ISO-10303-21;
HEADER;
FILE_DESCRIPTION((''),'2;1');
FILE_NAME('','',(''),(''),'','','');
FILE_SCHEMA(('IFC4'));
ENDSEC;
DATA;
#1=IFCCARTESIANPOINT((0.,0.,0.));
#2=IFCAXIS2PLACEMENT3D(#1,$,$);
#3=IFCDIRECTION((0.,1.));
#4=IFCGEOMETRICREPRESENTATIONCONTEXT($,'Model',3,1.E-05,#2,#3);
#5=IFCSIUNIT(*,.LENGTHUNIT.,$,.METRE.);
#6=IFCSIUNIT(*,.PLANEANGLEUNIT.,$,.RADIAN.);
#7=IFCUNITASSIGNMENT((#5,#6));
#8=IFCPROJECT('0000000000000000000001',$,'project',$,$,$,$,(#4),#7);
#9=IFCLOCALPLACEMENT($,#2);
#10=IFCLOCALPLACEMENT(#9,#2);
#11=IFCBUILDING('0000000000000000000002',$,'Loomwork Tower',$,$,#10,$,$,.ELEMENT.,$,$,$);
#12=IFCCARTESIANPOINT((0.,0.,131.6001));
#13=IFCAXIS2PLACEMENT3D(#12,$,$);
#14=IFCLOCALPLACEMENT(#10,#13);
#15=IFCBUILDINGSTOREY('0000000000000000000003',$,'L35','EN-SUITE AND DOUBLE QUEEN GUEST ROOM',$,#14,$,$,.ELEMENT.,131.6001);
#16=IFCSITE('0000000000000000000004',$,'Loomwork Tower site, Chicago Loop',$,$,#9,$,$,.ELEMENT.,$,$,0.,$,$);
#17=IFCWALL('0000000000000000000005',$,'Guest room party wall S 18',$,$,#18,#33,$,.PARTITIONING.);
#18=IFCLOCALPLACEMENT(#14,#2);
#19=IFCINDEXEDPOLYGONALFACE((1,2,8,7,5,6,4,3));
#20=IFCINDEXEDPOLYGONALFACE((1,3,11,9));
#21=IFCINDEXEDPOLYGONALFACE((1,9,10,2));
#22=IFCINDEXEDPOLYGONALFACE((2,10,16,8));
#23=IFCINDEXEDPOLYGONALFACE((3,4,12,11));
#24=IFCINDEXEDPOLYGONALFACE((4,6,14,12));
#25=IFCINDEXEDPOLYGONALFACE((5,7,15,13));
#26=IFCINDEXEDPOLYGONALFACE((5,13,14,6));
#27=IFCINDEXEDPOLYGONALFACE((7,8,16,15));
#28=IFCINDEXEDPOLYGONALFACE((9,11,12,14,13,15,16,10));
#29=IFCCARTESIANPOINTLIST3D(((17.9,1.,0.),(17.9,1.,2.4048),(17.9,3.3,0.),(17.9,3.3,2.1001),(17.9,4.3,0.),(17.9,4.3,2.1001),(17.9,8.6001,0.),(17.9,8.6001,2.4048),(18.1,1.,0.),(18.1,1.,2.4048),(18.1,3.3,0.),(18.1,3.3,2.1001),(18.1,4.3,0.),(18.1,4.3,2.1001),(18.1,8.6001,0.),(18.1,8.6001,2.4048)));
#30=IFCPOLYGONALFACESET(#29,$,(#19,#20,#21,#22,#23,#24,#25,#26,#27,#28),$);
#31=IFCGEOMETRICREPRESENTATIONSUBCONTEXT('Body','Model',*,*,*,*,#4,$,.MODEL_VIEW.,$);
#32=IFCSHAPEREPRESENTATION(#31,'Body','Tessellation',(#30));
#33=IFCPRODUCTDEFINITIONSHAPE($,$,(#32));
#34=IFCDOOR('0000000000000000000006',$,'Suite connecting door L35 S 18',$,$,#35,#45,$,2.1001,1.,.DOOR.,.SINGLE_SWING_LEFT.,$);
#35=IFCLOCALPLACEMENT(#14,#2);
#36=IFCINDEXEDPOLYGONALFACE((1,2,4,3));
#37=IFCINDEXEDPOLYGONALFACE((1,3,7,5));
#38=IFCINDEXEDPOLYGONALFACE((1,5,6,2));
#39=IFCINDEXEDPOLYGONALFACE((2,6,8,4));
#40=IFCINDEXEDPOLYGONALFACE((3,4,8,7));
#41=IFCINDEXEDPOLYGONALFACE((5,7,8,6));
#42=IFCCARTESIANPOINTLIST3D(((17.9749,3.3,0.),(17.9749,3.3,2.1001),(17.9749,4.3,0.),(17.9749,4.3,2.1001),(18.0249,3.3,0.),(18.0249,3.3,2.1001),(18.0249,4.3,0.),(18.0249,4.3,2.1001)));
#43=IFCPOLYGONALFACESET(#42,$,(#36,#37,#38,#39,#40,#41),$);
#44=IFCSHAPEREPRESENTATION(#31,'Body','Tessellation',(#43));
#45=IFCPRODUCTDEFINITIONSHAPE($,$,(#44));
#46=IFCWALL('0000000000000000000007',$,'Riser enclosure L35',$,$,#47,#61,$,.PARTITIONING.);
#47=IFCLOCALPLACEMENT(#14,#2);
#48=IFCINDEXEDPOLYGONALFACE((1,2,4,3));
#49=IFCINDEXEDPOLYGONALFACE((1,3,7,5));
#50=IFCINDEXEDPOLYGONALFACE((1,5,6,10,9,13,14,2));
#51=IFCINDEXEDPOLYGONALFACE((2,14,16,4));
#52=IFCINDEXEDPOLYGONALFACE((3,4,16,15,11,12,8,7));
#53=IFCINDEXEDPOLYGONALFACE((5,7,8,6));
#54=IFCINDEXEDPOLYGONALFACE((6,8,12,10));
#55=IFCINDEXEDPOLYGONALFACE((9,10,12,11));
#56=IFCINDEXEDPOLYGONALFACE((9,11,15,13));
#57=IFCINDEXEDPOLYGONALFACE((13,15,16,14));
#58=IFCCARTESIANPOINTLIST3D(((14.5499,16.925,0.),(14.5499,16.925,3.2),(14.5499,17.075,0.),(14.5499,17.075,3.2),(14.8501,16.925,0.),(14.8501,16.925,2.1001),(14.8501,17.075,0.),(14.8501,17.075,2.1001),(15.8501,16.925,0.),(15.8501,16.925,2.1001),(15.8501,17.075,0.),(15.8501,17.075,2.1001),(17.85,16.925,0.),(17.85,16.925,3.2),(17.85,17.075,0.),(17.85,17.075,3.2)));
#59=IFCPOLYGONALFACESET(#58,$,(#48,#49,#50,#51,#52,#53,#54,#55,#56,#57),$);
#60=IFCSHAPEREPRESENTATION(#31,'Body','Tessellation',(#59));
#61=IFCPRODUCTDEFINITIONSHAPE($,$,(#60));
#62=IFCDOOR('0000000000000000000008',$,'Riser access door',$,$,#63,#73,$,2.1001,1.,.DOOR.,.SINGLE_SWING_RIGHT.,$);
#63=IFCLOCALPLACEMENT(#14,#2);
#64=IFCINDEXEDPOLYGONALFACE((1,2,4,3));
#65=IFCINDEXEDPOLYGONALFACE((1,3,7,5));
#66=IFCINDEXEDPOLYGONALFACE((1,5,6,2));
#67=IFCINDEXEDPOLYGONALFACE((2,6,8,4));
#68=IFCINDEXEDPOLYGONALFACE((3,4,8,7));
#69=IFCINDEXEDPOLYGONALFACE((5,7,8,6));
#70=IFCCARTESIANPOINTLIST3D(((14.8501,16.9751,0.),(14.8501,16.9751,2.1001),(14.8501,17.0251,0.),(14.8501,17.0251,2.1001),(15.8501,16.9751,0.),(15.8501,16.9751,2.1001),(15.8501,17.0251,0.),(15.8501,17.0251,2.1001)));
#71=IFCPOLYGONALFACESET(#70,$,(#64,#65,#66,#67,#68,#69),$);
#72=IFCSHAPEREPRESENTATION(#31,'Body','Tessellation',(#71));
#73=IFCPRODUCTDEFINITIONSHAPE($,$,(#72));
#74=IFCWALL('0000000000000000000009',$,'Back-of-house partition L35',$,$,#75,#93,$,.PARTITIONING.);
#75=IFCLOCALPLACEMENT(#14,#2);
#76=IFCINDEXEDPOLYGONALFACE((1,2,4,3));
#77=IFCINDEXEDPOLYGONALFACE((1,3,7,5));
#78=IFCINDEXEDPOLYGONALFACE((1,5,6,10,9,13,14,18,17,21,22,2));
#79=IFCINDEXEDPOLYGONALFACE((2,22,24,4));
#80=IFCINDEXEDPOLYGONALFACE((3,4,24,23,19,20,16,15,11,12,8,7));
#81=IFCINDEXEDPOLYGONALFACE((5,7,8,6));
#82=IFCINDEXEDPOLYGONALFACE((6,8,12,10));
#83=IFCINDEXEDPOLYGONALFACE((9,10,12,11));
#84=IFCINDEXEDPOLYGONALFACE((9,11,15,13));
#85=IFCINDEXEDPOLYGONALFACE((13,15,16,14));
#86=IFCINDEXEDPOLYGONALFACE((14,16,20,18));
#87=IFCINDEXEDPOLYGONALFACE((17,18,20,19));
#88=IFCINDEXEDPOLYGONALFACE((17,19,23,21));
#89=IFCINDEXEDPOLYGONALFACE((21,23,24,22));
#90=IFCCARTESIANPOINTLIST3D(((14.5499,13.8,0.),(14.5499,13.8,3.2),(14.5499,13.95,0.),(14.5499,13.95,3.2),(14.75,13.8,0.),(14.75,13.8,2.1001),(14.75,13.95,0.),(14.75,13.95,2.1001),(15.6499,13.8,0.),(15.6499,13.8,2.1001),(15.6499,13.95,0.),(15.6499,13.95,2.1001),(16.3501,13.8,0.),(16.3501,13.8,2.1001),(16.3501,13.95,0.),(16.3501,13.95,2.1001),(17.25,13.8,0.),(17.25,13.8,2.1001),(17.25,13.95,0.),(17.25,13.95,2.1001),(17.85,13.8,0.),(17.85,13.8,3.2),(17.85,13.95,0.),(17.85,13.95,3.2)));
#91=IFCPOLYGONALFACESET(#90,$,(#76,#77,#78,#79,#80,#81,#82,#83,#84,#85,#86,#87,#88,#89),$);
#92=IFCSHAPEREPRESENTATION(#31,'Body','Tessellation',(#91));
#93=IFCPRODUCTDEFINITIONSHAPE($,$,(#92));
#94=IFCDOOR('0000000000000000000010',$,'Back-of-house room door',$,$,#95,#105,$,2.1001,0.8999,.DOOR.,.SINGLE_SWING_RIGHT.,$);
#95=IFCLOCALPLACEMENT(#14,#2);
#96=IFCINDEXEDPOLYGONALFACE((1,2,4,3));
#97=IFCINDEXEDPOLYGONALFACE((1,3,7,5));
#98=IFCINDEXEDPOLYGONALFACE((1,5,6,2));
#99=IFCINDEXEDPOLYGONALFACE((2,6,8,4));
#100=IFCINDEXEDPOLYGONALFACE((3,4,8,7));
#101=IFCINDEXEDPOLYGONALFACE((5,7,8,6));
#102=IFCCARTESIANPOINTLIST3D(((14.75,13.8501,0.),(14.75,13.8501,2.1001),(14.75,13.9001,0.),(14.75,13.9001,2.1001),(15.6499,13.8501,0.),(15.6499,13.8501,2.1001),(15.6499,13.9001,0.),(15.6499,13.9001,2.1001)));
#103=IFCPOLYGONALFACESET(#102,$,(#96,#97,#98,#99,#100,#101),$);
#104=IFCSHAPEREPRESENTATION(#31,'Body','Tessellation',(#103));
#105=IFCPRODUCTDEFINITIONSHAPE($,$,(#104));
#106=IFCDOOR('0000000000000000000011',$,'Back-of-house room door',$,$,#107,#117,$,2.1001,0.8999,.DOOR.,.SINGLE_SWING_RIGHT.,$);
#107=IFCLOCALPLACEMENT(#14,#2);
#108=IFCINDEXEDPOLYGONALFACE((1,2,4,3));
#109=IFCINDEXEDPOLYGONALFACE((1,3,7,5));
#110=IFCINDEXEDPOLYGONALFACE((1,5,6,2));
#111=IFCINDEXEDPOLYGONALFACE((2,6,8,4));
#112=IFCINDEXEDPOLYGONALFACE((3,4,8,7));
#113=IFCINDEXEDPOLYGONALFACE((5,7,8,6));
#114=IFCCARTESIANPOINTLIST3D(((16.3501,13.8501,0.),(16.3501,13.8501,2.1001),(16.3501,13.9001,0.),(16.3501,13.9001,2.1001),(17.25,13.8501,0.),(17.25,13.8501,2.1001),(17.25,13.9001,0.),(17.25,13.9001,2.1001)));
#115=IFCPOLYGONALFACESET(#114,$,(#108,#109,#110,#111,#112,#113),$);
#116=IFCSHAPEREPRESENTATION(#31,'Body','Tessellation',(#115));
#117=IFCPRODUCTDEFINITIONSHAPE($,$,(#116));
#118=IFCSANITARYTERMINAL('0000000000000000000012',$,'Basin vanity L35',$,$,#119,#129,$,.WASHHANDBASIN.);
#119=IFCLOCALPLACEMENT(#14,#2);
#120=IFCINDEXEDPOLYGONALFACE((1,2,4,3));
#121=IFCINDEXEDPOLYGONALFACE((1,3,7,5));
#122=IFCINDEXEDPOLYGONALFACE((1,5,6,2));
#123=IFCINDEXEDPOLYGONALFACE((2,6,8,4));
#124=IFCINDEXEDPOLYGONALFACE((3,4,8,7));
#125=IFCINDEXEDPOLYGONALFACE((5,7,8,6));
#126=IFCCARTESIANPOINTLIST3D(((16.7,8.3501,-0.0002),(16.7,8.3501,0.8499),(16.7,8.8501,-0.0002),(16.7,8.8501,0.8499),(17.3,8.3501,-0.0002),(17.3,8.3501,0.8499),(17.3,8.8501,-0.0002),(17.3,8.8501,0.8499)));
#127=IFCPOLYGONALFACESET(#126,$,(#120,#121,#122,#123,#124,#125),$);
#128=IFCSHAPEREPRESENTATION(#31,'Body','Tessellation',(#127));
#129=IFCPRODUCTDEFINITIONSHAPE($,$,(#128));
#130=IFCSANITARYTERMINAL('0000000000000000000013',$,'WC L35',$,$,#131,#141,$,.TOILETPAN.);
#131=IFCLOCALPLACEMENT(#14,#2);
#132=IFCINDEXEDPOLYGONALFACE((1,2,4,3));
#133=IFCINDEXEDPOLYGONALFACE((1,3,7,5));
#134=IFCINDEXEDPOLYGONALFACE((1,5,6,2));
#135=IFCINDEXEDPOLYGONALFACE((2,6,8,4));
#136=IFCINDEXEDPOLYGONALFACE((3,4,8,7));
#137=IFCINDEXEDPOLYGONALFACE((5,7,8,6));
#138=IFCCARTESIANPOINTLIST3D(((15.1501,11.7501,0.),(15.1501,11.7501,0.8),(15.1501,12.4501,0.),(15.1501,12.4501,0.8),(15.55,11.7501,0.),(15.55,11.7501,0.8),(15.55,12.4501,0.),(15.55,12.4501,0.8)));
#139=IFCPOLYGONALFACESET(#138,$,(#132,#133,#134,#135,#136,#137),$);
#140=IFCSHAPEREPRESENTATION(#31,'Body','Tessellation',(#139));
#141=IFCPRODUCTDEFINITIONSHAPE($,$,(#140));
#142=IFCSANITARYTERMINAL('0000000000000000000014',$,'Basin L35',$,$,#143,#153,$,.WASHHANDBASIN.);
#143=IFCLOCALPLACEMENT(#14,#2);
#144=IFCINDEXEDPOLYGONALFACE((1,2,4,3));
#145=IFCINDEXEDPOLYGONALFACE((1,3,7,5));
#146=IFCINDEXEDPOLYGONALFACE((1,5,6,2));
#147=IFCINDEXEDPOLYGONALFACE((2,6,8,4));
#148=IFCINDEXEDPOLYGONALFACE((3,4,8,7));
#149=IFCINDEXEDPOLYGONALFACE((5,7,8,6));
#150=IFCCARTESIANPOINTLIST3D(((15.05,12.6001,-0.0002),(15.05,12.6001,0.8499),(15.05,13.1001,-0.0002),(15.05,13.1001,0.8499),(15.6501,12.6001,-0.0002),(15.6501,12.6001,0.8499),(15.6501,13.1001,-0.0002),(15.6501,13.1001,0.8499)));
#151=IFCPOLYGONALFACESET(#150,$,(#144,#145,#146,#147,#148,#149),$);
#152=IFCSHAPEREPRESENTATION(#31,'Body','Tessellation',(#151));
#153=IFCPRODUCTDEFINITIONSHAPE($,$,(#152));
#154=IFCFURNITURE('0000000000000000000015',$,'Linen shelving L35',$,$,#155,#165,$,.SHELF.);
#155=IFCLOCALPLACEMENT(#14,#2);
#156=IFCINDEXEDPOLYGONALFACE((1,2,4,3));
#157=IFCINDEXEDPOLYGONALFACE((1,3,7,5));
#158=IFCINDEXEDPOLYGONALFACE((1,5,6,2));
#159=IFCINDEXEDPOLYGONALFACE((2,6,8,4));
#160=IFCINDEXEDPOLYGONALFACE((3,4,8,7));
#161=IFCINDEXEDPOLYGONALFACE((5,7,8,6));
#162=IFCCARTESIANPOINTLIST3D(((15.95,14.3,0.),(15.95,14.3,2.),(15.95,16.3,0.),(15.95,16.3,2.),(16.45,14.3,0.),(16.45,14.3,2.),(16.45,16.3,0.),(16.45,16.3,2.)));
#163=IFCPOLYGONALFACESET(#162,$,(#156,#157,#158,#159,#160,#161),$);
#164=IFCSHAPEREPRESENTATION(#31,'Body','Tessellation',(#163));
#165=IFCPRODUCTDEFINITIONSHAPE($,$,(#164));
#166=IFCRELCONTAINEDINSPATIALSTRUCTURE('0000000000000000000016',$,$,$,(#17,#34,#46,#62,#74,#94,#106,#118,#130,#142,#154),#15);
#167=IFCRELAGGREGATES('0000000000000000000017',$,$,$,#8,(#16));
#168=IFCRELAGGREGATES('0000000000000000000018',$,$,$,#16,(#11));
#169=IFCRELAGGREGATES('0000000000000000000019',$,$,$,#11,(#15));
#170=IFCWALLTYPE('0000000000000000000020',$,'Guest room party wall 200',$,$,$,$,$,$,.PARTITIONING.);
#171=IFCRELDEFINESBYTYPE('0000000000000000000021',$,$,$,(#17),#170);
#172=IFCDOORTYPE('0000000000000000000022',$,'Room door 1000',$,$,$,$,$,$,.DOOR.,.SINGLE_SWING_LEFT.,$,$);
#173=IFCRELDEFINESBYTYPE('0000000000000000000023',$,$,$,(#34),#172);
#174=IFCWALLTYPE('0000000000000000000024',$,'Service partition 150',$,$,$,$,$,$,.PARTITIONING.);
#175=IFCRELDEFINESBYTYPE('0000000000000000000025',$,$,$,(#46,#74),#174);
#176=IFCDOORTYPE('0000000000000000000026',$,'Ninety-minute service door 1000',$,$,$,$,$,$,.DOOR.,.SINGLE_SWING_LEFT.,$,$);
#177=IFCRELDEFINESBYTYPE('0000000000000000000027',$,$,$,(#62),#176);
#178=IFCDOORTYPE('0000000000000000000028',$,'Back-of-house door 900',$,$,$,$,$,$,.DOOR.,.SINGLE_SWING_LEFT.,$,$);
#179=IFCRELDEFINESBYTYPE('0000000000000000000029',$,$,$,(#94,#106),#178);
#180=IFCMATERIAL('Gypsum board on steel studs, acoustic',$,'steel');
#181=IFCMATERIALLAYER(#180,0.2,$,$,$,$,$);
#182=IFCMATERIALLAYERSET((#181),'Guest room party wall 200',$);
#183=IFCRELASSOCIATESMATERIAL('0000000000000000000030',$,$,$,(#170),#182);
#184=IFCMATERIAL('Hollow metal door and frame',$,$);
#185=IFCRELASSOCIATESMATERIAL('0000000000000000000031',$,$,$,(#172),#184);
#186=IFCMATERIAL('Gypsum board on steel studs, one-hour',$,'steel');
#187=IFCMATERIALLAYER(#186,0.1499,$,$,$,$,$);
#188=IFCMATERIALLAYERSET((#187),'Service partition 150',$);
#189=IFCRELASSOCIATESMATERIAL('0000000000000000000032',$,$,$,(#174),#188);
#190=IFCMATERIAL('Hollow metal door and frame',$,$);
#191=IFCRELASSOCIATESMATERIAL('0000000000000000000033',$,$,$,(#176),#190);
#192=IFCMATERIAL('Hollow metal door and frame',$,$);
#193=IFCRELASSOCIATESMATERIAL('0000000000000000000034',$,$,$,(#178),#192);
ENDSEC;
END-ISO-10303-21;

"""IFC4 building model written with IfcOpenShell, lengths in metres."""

from ifc_helpers import new_model, si_unit, direction, frame, frame_2d, origin, origin_2d, place, context, subcontext, project, spatial, rectangle, extrude, material, layer, layer_set, type_object, element, fill, save


model = new_model("IFC4")

# Units and contexts
model_context = context("Model", 3, precision=1e-05, world=origin(), true_north=direction((0.0, 1.0)))
body_context = subcontext(model_context, "Body", "Model", "MODEL_VIEW")
ifc_project = project(units=[si_unit("LENGTHUNIT", "METRE"), si_unit("PLANEANGLEUNIT", "RADIAN")], contexts=[model_context])

# Site, building, storey
site_placement = place(None, origin())
site = spatial("IfcSite", under=ifc_project, at=site_placement, Name="Loomwork Tower site, Chicago Loop", CompositionType="ELEMENT", RefElevation=0.0)
building_placement = place(site_placement, origin())
building = spatial("IfcBuilding", under=site, at=building_placement, Name="Loomwork Tower", CompositionType="ELEMENT")
storey_placement = place(building_placement, frame((0.0, 0.0, 131.6001)))
storey = spatial("IfcBuildingStorey", under=building, at=storey_placement, Name="L35", Description="EN-SUITE AND DOUBLE QUEEN GUEST ROOM", CompositionType="ELEMENT", Elevation=131.6001)

# Walls, openings, doors
ifc_material_1 = material(Name="Gypsum board on steel studs, acoustic", Category="steel")
ifc_layer_1 = layer(ifc_material_1, 0.2)
ifc_layer_set_1 = layer_set([ifc_layer_1], Name="Guest room party wall 200")
wall_type_1 = type_object("IfcWallType", Name="Guest room party wall 200", PredefinedType="PARTITIONING", material=ifc_layer_set_1)
wall_1_placement = place(storey_placement, frame((18.0, 8.6001, 0.0), z_axis=(0.0, 0.0, 1.0), x_axis=(0.0, -1.0, 0.0)))
wall_1 = element("IfcWall", 1, at=wall_1_placement, inside=storey, type_object=wall_type_1, Name="Guest room party wall S 18", PredefinedType="PARTITIONING", context=body_context, shape_type="SweptSolid", body=[
    extrude(rectangle(XDim=7.6001, YDim=0.2, at=frame_2d((3.8, 0.0))), origin(), (0.0, 0.0, 1.0), 2.4048),
])
opening_1_placement = place(wall_1_placement, frame((4.3, 0.0, 0.0)))
opening_1 = element("IfcOpeningElement", 2, at=opening_1_placement, cuts=wall_1, PredefinedType="OPENING", context=body_context, shape_type="SweptSolid", body=[
    extrude(rectangle(XDim=1.0, YDim=2.1001, at=frame_2d((0.5, 1.05))), frame((0.0, 0.1099, 0.0), z_axis=(0.0, -1.0, 0.0), x_axis=(1.0, 0.0, 0.0)), (0.0, 0.0, 1.0), 0.22),
])
ifc_material_2 = material(Name="Hollow metal door and frame")
door_type_1 = type_object("IfcDoorType", Name="Room door 1000", OperationType="SINGLE_SWING_LEFT", PredefinedType="DOOR", material=ifc_material_2)
door_1_placement = place(opening_1_placement, origin())
door_1 = element("IfcDoor", 3, at=door_1_placement, inside=storey, type_object=door_type_1, Name="Suite connecting door L35 S 18", OperationType="SINGLE_SWING_LEFT", OverallHeight=2.1001, OverallWidth=1.0, PredefinedType="DOOR", context=body_context, shape_type="SweptSolid", body=[
    extrude(rectangle(XDim=1.0, YDim=2.1001, at=frame_2d((0.5, 1.05))), frame((0.0, 0.0249, 0.0), z_axis=(0.0, -1.0, 0.0), x_axis=(1.0, 0.0, 0.0)), (0.0, 0.0, 1.0), 0.05),
])
fill(opening_1, door_1)
ifc_material_3 = material(Name="Gypsum board on steel studs, one-hour", Category="steel")
ifc_layer_2 = layer(ifc_material_3, 0.1499)
ifc_layer_set_2 = layer_set([ifc_layer_2], Name="Service partition 150")
wall_type_2 = type_object("IfcWallType", Name="Service partition 150", PredefinedType="PARTITIONING", material=ifc_layer_set_2)
wall_2_placement = place(storey_placement, frame((14.55, 17.0, 0.0), z_axis=(0.0, 0.0, 1.0), x_axis=(1.0, 0.0, 0.0)))
wall_2 = element("IfcWall", 4, at=wall_2_placement, inside=storey, type_object=wall_type_2, Name="Riser enclosure L35", PredefinedType="PARTITIONING", context=body_context, shape_type="SweptSolid", body=[
    extrude(rectangle(XDim=3.3, YDim=0.1499, at=frame_2d((1.6499, 0.0))), origin(), (0.0, 0.0, 1.0), 3.2),
])
opening_2_placement = place(wall_2_placement, frame((0.3, 0.0, 0.0)))
opening_2 = element("IfcOpeningElement", 5, at=opening_2_placement, cuts=wall_2, PredefinedType="OPENING", context=body_context, shape_type="SweptSolid", body=[
    extrude(rectangle(XDim=1.0, YDim=2.1001, at=frame_2d((0.5, 1.05))), frame((0.0, 0.085, 0.0), z_axis=(0.0, -1.0, 0.0), x_axis=(1.0, 0.0, 0.0)), (0.0, 0.0, 1.0), 0.1699),
])
ifc_material_4 = material(Name="Hollow metal door and frame")
door_type_2 = type_object("IfcDoorType", Name="Ninety-minute service door 1000", OperationType="SINGLE_SWING_LEFT", PredefinedType="DOOR", material=ifc_material_4)
door_2_placement = place(opening_2_placement, frame((1.0, 0.0, 0.0), z_axis=(0.0, 0.0, 1.0), x_axis=(-1.0, 0.0, 0.0)))
door_2 = element("IfcDoor", 6, at=door_2_placement, inside=storey, type_object=door_type_2, Name="Riser access door", OperationType="SINGLE_SWING_RIGHT", OverallHeight=2.1001, OverallWidth=1.0, PredefinedType="DOOR", context=body_context, shape_type="SweptSolid", body=[
    extrude(rectangle(XDim=1.0, YDim=2.1001, at=frame_2d((0.5, 1.05))), frame((0.0, 0.0249, 0.0), z_axis=(0.0, -1.0, 0.0), x_axis=(1.0, 0.0, 0.0)), (0.0, 0.0, 1.0), 0.05),
])
fill(opening_2, door_2)

# Wall, openings, doors
wall_3_placement = place(storey_placement, frame((14.55, 13.875, 0.0), z_axis=(0.0, 0.0, 1.0), x_axis=(1.0, 0.0, 0.0)))
wall_3 = element("IfcWall", 7, at=wall_3_placement, inside=storey, type_object=wall_type_2, Name="Back-of-house partition L35", PredefinedType="PARTITIONING", context=body_context, shape_type="SweptSolid", body=[
    extrude(rectangle(XDim=3.3, YDim=0.1499, at=frame_2d((1.6499, 0.0))), origin(), (0.0, 0.0, 1.0), 3.2),
])
opening_3_placement = place(wall_3_placement, frame((0.2, 0.0, 0.0)))
opening_3 = element("IfcOpeningElement", 8, at=opening_3_placement, cuts=wall_3, PredefinedType="OPENING", context=body_context, shape_type="SweptSolid", body=[
    extrude(rectangle(XDim=0.8999, YDim=2.1001, at=frame_2d((0.45, 1.05))), frame((0.0, 0.085, 0.0), z_axis=(0.0, -1.0, 0.0), x_axis=(1.0, 0.0, 0.0)), (0.0, 0.0, 1.0), 0.1699),
])
opening_4_placement = place(wall_3_placement, frame((1.8, 0.0, 0.0)))
opening_4 = element("IfcOpeningElement", 9, at=opening_4_placement, cuts=wall_3, PredefinedType="OPENING", context=body_context, shape_type="SweptSolid", body=[
    extrude(rectangle(XDim=0.8999, YDim=2.1001, at=frame_2d((0.45, 1.05))), frame((0.0, 0.085, 0.0), z_axis=(0.0, -1.0, 0.0), x_axis=(1.0, 0.0, 0.0)), (0.0, 0.0, 1.0), 0.1699),
])
ifc_material_5 = material(Name="Hollow metal door and frame")
door_type_3 = type_object("IfcDoorType", Name="Back-of-house door 900", OperationType="SINGLE_SWING_LEFT", PredefinedType="DOOR", material=ifc_material_5)
door_3_placement = place(opening_3_placement, frame((0.8999, 0.0, 0.0), z_axis=(0.0, 0.0, 1.0), x_axis=(-1.0, 0.0, 0.0)))
door_3 = element("IfcDoor", 10, at=door_3_placement, inside=storey, type_object=door_type_3, Name="Back-of-house room door", OperationType="SINGLE_SWING_RIGHT", OverallHeight=2.1001, OverallWidth=0.8999, PredefinedType="DOOR", context=body_context, shape_type="SweptSolid", body=[
    extrude(rectangle(XDim=0.8999, YDim=2.1001, at=frame_2d((0.45, 1.05))), frame((0.0, 0.0249, 0.0), z_axis=(0.0, -1.0, 0.0), x_axis=(1.0, 0.0, 0.0)), (0.0, 0.0, 1.0), 0.05),
])
fill(opening_3, door_3)
door_4_placement = place(opening_4_placement, frame((0.8999, 0.0, 0.0), z_axis=(0.0, 0.0, 1.0), x_axis=(-1.0, 0.0, 0.0)))
door_4 = element("IfcDoor", 11, at=door_4_placement, inside=storey, type_object=door_type_3, Name="Back-of-house room door", OperationType="SINGLE_SWING_RIGHT", OverallHeight=2.1001, OverallWidth=0.8999, PredefinedType="DOOR", context=body_context, shape_type="SweptSolid", body=[
    extrude(rectangle(XDim=0.8999, YDim=2.1001, at=frame_2d((0.45, 1.05))), frame((0.0, 0.0249, 0.0), z_axis=(0.0, -1.0, 0.0), x_axis=(1.0, 0.0, 0.0)), (0.0, 0.0, 1.0), 0.05),
])
fill(opening_4, door_4)

# Sanitary terminals
sanitary_terminal_1_placement = place(storey_placement, frame((17.0, 8.6001, -0.0002), z_axis=(0.0, 0.0, 1.0), x_axis=(1.0, 0.0, 0.0)))
element("IfcSanitaryTerminal", 12, at=sanitary_terminal_1_placement, inside=storey, Name="Basin vanity L35", PredefinedType="WASHHANDBASIN", context=body_context, shape_type="SweptSolid", body=[
    extrude(rectangle(XDim=0.6001, YDim=0.5, at=origin_2d()), origin(), (0.0, 0.0, 1.0), 0.8501),
])
sanitary_terminal_2_placement = place(storey_placement, frame((15.3501, 12.1001, 0.0), z_axis=(0.0, 0.0, 1.0), x_axis=(1.0, 0.0, 0.0)))
element("IfcSanitaryTerminal", 13, at=sanitary_terminal_2_placement, inside=storey, Name="WC L35", PredefinedType="TOILETPAN", context=body_context, shape_type="SweptSolid", body=[
    extrude(rectangle(XDim=0.3999, YDim=0.7, at=origin_2d()), origin(), (0.0, 0.0, 1.0), 0.8),
])
sanitary_terminal_3_placement = place(storey_placement, frame((15.3501, 12.8501, -0.0002), z_axis=(0.0, 0.0, 1.0), x_axis=(1.0, 0.0, 0.0)))
element("IfcSanitaryTerminal", 14, at=sanitary_terminal_3_placement, inside=storey, Name="Basin L35", PredefinedType="WASHHANDBASIN", context=body_context, shape_type="SweptSolid", body=[
    extrude(rectangle(XDim=0.6001, YDim=0.5, at=origin_2d()), origin(), (0.0, 0.0, 1.0), 0.8501),
])

# Furniture
furniture_placement = place(storey_placement, frame((16.2, 15.3, 0.0), z_axis=(0.0, 0.0, 1.0), x_axis=(1.0, 0.0, 0.0)))
element("IfcFurniture", 15, at=furniture_placement, inside=storey, Name="Linen shelving L35", PredefinedType="SHELF", context=body_context, shape_type="SweptSolid", body=[
    extrude(rectangle(XDim=0.5, YDim=2.0, at=origin_2d()), origin(), (0.0, 0.0, 1.0), 2.0),
])

save(model, "model.ifc")
